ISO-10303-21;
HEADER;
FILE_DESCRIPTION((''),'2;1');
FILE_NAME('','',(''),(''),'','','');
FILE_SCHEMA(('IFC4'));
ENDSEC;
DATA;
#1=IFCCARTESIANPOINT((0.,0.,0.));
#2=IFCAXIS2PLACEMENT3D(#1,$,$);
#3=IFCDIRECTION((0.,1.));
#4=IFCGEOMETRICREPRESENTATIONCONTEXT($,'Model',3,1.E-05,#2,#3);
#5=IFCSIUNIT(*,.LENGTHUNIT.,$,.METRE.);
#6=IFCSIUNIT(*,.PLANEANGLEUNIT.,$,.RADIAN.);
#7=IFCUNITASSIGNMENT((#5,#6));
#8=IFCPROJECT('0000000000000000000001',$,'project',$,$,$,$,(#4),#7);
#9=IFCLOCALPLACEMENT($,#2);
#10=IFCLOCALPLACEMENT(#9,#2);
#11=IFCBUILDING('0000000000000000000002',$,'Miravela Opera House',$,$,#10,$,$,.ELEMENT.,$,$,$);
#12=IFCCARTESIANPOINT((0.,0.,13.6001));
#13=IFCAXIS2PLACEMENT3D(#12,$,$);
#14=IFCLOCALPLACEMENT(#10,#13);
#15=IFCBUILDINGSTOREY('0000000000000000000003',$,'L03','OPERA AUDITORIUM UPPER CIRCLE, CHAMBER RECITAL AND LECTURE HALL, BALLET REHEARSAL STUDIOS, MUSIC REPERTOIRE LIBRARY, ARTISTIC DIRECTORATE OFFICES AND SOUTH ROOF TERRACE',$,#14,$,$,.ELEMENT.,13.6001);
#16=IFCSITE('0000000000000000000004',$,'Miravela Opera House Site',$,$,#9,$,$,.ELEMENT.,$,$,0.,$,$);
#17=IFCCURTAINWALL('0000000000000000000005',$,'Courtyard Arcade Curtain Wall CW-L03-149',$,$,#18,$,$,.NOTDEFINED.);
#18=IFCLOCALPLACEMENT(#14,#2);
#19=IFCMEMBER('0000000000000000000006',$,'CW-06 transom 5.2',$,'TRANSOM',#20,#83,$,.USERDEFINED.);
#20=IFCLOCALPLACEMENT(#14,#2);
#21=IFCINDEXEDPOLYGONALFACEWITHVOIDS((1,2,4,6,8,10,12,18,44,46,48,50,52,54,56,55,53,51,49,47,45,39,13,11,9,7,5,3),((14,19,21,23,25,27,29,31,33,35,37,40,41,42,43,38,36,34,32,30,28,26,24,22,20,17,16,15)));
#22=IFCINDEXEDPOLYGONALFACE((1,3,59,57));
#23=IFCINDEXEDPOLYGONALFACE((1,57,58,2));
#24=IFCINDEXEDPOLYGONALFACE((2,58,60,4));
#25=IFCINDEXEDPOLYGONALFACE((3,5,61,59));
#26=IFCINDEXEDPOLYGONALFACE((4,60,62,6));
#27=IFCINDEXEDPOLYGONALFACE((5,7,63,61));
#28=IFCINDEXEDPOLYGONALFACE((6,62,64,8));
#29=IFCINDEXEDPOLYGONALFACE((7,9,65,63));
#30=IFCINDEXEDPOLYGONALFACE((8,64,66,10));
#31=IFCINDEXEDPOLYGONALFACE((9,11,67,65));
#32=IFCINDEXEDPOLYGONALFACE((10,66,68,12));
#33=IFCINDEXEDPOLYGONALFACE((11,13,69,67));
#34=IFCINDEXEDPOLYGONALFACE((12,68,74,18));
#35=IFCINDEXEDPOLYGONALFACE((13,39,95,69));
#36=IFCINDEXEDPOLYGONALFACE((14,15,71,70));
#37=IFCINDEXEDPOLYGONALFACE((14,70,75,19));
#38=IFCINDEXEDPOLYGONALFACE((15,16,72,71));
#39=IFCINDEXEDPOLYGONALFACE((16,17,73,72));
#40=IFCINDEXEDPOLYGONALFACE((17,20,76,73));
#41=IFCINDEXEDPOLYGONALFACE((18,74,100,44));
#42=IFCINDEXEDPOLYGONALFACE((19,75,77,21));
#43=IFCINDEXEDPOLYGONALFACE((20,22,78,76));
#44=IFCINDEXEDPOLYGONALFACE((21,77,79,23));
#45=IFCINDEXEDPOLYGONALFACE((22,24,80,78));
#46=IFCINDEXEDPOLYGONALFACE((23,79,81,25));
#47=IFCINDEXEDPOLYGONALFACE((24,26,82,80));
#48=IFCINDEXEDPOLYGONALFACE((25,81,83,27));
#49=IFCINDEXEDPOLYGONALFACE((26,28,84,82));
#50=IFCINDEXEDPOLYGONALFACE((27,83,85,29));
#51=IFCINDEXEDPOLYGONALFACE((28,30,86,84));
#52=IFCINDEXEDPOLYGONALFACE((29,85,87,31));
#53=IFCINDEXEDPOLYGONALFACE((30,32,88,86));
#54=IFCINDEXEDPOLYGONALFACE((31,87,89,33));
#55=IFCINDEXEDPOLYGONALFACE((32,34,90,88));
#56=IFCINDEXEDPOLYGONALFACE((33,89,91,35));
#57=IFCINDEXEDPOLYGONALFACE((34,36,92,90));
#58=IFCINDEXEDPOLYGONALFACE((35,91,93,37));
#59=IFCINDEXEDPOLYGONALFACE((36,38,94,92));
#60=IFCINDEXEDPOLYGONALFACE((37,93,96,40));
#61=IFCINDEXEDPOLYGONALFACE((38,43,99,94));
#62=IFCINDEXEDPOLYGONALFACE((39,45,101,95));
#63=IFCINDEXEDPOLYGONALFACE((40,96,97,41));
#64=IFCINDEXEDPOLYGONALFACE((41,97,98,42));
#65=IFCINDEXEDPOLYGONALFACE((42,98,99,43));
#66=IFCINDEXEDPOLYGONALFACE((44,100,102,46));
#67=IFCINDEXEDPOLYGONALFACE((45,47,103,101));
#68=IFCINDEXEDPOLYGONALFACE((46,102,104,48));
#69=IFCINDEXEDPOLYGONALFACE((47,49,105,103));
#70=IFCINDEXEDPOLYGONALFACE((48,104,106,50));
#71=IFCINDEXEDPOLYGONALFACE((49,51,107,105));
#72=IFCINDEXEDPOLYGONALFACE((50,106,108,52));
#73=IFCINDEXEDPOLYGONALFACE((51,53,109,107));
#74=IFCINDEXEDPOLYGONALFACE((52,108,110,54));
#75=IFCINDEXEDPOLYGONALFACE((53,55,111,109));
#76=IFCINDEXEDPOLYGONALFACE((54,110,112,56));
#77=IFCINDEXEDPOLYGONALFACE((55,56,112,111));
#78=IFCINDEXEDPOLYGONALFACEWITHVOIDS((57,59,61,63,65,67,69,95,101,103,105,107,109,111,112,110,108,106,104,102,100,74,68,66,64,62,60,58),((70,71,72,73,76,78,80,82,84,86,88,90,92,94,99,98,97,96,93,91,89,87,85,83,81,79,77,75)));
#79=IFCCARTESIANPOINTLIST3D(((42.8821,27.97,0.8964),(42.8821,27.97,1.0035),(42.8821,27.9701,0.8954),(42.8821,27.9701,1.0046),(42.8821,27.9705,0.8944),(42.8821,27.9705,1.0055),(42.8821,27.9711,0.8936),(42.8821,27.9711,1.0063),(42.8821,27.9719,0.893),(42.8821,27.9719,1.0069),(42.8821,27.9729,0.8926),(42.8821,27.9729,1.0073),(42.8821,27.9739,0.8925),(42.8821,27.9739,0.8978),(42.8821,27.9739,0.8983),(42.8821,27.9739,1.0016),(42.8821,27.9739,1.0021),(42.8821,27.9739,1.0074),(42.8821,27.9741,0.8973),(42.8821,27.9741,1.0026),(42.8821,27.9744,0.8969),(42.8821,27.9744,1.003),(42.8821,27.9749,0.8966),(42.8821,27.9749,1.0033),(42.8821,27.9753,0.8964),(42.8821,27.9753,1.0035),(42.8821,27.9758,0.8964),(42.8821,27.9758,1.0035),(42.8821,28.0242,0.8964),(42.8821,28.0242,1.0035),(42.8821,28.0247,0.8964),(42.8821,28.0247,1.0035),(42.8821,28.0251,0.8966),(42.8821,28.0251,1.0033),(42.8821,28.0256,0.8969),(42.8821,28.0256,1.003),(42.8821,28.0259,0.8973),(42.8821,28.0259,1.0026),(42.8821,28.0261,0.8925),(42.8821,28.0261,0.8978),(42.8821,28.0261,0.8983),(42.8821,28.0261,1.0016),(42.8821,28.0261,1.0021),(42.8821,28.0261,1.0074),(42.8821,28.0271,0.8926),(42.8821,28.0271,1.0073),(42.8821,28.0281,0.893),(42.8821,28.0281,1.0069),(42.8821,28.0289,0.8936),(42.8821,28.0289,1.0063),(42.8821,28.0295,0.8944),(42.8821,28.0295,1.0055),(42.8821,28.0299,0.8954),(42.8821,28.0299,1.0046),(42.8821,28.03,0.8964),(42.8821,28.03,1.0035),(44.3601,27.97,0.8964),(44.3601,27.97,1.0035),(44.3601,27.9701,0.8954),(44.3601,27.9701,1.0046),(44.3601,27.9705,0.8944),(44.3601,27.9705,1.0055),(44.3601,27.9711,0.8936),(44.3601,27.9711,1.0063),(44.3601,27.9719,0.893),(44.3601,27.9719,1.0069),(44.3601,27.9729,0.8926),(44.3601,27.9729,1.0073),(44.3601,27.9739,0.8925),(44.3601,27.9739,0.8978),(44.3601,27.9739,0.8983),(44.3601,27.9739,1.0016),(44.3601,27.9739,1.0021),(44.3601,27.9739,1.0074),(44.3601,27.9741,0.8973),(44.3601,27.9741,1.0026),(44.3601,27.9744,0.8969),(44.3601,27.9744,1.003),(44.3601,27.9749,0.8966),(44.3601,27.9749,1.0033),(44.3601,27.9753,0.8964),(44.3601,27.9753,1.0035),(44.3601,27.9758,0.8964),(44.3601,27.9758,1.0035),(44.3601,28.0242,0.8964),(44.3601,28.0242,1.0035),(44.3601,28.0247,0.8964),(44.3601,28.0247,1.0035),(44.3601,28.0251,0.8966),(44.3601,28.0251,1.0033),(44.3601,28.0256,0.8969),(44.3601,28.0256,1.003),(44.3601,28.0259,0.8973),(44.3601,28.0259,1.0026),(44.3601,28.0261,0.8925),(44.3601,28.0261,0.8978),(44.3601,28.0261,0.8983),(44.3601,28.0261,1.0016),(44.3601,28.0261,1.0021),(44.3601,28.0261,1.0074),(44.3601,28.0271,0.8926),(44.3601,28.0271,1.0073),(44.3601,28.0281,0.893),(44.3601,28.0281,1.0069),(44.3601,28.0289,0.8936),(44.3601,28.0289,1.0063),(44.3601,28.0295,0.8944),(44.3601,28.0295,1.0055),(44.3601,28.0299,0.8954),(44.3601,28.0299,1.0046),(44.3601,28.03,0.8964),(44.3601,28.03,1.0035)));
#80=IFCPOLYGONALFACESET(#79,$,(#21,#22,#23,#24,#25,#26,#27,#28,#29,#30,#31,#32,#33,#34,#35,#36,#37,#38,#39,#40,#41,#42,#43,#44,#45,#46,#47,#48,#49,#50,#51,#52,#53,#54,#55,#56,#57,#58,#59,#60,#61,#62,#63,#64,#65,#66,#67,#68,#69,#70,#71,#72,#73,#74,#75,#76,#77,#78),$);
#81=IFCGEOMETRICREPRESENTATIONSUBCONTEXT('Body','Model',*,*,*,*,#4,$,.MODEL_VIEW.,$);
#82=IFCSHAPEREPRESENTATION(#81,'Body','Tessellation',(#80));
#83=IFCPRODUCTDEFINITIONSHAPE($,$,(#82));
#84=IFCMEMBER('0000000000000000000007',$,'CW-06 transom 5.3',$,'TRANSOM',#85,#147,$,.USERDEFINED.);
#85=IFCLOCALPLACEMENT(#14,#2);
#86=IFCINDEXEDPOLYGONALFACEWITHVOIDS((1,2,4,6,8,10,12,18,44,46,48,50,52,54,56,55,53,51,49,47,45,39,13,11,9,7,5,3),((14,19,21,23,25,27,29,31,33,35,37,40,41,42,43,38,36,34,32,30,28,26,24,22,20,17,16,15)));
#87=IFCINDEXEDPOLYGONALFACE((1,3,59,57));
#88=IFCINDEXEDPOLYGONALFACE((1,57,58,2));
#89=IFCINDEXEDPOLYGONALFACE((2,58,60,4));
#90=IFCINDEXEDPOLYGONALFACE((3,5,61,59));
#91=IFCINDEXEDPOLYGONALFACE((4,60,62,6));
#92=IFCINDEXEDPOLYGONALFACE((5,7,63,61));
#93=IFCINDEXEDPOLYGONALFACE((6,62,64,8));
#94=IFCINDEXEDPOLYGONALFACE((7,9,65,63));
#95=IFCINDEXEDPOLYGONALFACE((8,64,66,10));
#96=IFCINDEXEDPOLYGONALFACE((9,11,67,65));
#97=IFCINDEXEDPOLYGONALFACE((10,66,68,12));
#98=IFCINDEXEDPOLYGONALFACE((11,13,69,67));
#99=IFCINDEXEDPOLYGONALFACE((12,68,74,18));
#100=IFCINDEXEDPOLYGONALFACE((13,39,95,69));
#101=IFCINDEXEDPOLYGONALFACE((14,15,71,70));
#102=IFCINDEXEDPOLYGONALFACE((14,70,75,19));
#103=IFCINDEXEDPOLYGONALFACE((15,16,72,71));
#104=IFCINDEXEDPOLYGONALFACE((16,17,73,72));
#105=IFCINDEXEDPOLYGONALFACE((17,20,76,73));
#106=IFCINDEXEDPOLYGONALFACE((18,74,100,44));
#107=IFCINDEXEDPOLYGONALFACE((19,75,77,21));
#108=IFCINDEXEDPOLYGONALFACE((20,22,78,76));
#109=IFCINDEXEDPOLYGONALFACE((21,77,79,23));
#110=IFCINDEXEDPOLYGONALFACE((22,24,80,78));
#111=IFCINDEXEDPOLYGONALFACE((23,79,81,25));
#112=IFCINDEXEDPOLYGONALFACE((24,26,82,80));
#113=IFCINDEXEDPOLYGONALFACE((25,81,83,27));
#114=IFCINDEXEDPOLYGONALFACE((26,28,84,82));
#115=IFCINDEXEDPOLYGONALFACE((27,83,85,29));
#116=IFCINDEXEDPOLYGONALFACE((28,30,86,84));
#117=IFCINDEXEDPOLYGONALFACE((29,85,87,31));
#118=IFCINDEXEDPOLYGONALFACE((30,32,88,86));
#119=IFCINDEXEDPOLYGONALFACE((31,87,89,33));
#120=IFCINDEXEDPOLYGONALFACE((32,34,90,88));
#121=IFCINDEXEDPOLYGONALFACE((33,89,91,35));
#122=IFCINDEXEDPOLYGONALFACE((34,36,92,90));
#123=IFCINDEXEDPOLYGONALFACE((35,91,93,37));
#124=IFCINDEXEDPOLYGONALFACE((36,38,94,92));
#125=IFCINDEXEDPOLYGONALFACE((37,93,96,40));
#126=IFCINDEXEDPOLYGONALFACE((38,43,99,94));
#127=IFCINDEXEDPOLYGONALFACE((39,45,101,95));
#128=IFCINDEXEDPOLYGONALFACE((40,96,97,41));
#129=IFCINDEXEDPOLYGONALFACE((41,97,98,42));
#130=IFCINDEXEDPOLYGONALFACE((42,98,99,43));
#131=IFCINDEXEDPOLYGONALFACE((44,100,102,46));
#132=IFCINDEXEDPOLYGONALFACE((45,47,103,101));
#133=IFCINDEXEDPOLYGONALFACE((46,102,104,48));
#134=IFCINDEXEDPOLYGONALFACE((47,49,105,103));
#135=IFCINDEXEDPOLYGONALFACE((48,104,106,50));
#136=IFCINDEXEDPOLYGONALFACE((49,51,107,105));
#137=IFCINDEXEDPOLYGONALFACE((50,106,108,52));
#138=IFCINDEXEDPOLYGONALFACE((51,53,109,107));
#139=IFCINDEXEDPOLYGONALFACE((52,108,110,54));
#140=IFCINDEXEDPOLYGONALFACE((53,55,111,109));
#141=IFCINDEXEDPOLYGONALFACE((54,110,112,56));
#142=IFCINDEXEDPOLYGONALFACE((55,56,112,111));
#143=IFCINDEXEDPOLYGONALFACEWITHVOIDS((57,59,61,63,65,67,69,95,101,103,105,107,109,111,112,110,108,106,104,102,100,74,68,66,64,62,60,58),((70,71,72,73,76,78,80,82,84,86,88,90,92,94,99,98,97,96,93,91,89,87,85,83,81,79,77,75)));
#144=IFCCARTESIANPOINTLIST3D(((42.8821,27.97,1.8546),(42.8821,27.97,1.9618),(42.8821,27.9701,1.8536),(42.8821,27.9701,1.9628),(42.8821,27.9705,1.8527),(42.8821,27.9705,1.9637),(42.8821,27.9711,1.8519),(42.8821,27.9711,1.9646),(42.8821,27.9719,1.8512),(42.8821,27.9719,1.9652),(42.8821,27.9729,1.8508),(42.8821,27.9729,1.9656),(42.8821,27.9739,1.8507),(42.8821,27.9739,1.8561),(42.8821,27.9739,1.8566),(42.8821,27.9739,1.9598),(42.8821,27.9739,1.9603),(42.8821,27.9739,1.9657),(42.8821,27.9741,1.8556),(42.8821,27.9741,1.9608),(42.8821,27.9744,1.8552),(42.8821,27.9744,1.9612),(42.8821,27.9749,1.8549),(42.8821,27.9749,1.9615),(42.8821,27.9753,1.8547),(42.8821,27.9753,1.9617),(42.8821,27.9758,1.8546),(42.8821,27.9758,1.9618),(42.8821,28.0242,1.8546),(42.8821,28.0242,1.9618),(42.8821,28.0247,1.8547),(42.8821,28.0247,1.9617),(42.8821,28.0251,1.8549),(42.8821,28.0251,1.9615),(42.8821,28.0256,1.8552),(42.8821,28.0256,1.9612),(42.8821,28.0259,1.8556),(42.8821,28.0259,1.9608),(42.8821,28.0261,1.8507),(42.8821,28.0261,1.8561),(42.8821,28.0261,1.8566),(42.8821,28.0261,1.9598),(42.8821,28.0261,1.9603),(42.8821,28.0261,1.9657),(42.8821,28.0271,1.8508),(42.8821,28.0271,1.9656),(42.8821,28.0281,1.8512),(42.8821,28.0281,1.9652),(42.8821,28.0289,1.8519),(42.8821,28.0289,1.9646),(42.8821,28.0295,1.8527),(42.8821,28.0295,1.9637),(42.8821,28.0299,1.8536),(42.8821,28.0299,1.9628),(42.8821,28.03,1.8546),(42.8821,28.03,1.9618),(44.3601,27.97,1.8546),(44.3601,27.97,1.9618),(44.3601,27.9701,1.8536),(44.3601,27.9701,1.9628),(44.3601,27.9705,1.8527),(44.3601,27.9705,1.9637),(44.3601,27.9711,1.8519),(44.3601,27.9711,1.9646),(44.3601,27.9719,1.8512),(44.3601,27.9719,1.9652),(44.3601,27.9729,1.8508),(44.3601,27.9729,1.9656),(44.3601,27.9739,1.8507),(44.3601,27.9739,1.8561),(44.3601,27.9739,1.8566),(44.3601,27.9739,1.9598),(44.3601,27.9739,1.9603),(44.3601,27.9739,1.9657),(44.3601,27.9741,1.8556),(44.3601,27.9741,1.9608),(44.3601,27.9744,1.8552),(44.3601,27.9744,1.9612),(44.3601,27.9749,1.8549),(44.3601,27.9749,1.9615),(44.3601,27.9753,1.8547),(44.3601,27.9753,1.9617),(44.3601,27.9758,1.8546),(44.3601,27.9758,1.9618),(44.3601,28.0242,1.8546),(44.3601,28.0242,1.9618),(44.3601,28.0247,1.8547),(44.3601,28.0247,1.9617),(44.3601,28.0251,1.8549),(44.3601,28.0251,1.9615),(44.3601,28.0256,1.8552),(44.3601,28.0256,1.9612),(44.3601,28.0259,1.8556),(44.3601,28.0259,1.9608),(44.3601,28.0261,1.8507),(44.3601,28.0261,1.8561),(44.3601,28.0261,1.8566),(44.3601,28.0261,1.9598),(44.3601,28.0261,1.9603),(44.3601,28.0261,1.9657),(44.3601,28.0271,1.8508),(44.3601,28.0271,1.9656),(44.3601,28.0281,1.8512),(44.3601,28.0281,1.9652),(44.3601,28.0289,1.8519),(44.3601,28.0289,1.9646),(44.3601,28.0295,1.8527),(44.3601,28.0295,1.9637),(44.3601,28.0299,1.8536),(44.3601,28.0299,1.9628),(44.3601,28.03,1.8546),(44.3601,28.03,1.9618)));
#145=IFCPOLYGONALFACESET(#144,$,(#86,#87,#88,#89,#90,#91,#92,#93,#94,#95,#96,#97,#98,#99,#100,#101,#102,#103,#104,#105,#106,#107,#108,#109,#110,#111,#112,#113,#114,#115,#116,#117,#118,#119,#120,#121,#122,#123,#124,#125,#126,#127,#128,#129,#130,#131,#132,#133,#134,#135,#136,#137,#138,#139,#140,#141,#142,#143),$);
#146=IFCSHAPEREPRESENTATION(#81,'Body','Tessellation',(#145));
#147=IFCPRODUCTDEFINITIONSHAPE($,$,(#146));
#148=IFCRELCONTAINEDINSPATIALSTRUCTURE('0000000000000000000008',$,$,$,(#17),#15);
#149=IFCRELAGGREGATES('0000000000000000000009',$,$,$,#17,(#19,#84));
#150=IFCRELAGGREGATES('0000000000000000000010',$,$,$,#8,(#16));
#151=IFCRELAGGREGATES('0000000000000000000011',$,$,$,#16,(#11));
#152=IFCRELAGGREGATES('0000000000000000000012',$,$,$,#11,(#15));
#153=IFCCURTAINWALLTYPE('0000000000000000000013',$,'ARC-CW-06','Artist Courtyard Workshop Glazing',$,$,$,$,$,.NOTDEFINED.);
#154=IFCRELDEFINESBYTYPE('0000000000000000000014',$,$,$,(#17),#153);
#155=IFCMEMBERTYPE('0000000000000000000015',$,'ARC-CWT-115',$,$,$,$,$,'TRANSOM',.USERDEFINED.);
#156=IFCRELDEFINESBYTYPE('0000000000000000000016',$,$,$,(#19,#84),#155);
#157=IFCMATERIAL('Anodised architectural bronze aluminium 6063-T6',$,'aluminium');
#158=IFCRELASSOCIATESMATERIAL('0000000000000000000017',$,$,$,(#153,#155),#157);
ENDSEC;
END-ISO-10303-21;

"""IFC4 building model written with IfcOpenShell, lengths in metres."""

from ifc_helpers import new_model, si_unit, direction, frame, origin, origin_2d, place, context, subcontext, project, spatial, hollow_rectangle, extrude, material, material_profile, profile_set, type_object, element, aggregate, save


model = new_model("IFC4")

# Units and contexts
model_context = context("Model", 3, precision=1e-05, world=origin(), true_north=direction((0.0, 1.0)))
body_context = subcontext(model_context, "Body", "Model", "MODEL_VIEW")
ifc_project = project(units=[si_unit("LENGTHUNIT", "METRE"), si_unit("PLANEANGLEUNIT", "RADIAN")], contexts=[model_context])

# Site, building, storey
site_placement = place(None, origin())
site = spatial("IfcSite", under=ifc_project, at=site_placement, Name="Miravela Opera House Site", CompositionType="ELEMENT", RefElevation=0.0)
building_placement = place(site_placement, origin())
building = spatial("IfcBuilding", under=site, at=building_placement, Name="Miravela Opera House", CompositionType="ELEMENT")
storey_placement = place(building_placement, frame((0.0, 0.0, 13.6001)))
storey = spatial("IfcBuildingStorey", under=building, at=storey_placement, Name="L03", Description="OPERA AUDITORIUM UPPER CIRCLE, CHAMBER RECITAL AND LECTURE HALL, BALLET REHEARSAL STUDIOS, MUSIC REPERTOIRE LIBRARY, ARTISTIC DIRECTORATE OFFICES AND SOUTH ROOF TERRACE", CompositionType="ELEMENT", Elevation=13.6001)

# Curtain wall
ifc_material_1 = material(Name="Anodised architectural bronze aluminium 6063-T6", Category="aluminium")
curtain_wall_type = type_object("IfcCurtainWallType", Name="ARC-CW-06", Description="Artist Courtyard Workshop Glazing", PredefinedType="NOTDEFINED", material=ifc_material_1)
curtain_wall_1_placement = place(storey_placement, origin())
curtain_wall_1 = element("IfcCurtainWall", 1, at=curtain_wall_1_placement, inside=storey, type_object=curtain_wall_type, Name="Courtyard Arcade Curtain Wall CW-L03-149", PredefinedType="NOTDEFINED")

# Members
ifc_material_profile_1 = material_profile(ifc_material_1, hollow_rectangle(XDim=0.0601, YDim=0.115, WallThickness=0.0039, InnerFilletRadius=0.002, OuterFilletRadius=0.0039, at=origin_2d()), Name="CWT-60X115")
ifc_profile_set_1 = profile_set([ifc_material_profile_1])
member_type_1 = type_object("IfcMemberType", Name="ARC-CWT-115", ElementType="TRANSOM", PredefinedType="USERDEFINED", material=ifc_profile_set_1)
member_1_placement = place(storey_placement, frame((42.8821, 28.0, 0.95), z_axis=(1.0, 0.0, 0.0), x_axis=(0.0, 1.0, 0.0)))
member_1 = element("IfcMember", 2, at=member_1_placement, type_object=member_type_1, Name="CW-06 transom 5.2", ObjectType="TRANSOM", PredefinedType="USERDEFINED", context=body_context, shape_type="SweptSolid", body=[
    extrude(hollow_rectangle(XDim=0.0601, YDim=0.115, WallThickness=0.0039, InnerFilletRadius=0.002, OuterFilletRadius=0.0039, at=origin_2d()), origin(), (0.0, 0.0, 1.0), 1.478),
])
member_2_placement = place(storey_placement, frame((42.8821, 28.0, 1.9082), z_axis=(1.0, 0.0, 0.0), x_axis=(0.0, 1.0, 0.0)))
member_2 = element("IfcMember", 3, at=member_2_placement, type_object=member_type_1, Name="CW-06 transom 5.3", ObjectType="TRANSOM", PredefinedType="USERDEFINED", context=body_context, shape_type="SweptSolid", body=[
    extrude(hollow_rectangle(XDim=0.0601, YDim=0.115, WallThickness=0.0039, InnerFilletRadius=0.002, OuterFilletRadius=0.0039, at=origin_2d()), origin(), (0.0, 0.0, 1.0), 1.478),
])

aggregate(curtain_wall_1, [member_1, member_2])

save(model, "model.ifc")
